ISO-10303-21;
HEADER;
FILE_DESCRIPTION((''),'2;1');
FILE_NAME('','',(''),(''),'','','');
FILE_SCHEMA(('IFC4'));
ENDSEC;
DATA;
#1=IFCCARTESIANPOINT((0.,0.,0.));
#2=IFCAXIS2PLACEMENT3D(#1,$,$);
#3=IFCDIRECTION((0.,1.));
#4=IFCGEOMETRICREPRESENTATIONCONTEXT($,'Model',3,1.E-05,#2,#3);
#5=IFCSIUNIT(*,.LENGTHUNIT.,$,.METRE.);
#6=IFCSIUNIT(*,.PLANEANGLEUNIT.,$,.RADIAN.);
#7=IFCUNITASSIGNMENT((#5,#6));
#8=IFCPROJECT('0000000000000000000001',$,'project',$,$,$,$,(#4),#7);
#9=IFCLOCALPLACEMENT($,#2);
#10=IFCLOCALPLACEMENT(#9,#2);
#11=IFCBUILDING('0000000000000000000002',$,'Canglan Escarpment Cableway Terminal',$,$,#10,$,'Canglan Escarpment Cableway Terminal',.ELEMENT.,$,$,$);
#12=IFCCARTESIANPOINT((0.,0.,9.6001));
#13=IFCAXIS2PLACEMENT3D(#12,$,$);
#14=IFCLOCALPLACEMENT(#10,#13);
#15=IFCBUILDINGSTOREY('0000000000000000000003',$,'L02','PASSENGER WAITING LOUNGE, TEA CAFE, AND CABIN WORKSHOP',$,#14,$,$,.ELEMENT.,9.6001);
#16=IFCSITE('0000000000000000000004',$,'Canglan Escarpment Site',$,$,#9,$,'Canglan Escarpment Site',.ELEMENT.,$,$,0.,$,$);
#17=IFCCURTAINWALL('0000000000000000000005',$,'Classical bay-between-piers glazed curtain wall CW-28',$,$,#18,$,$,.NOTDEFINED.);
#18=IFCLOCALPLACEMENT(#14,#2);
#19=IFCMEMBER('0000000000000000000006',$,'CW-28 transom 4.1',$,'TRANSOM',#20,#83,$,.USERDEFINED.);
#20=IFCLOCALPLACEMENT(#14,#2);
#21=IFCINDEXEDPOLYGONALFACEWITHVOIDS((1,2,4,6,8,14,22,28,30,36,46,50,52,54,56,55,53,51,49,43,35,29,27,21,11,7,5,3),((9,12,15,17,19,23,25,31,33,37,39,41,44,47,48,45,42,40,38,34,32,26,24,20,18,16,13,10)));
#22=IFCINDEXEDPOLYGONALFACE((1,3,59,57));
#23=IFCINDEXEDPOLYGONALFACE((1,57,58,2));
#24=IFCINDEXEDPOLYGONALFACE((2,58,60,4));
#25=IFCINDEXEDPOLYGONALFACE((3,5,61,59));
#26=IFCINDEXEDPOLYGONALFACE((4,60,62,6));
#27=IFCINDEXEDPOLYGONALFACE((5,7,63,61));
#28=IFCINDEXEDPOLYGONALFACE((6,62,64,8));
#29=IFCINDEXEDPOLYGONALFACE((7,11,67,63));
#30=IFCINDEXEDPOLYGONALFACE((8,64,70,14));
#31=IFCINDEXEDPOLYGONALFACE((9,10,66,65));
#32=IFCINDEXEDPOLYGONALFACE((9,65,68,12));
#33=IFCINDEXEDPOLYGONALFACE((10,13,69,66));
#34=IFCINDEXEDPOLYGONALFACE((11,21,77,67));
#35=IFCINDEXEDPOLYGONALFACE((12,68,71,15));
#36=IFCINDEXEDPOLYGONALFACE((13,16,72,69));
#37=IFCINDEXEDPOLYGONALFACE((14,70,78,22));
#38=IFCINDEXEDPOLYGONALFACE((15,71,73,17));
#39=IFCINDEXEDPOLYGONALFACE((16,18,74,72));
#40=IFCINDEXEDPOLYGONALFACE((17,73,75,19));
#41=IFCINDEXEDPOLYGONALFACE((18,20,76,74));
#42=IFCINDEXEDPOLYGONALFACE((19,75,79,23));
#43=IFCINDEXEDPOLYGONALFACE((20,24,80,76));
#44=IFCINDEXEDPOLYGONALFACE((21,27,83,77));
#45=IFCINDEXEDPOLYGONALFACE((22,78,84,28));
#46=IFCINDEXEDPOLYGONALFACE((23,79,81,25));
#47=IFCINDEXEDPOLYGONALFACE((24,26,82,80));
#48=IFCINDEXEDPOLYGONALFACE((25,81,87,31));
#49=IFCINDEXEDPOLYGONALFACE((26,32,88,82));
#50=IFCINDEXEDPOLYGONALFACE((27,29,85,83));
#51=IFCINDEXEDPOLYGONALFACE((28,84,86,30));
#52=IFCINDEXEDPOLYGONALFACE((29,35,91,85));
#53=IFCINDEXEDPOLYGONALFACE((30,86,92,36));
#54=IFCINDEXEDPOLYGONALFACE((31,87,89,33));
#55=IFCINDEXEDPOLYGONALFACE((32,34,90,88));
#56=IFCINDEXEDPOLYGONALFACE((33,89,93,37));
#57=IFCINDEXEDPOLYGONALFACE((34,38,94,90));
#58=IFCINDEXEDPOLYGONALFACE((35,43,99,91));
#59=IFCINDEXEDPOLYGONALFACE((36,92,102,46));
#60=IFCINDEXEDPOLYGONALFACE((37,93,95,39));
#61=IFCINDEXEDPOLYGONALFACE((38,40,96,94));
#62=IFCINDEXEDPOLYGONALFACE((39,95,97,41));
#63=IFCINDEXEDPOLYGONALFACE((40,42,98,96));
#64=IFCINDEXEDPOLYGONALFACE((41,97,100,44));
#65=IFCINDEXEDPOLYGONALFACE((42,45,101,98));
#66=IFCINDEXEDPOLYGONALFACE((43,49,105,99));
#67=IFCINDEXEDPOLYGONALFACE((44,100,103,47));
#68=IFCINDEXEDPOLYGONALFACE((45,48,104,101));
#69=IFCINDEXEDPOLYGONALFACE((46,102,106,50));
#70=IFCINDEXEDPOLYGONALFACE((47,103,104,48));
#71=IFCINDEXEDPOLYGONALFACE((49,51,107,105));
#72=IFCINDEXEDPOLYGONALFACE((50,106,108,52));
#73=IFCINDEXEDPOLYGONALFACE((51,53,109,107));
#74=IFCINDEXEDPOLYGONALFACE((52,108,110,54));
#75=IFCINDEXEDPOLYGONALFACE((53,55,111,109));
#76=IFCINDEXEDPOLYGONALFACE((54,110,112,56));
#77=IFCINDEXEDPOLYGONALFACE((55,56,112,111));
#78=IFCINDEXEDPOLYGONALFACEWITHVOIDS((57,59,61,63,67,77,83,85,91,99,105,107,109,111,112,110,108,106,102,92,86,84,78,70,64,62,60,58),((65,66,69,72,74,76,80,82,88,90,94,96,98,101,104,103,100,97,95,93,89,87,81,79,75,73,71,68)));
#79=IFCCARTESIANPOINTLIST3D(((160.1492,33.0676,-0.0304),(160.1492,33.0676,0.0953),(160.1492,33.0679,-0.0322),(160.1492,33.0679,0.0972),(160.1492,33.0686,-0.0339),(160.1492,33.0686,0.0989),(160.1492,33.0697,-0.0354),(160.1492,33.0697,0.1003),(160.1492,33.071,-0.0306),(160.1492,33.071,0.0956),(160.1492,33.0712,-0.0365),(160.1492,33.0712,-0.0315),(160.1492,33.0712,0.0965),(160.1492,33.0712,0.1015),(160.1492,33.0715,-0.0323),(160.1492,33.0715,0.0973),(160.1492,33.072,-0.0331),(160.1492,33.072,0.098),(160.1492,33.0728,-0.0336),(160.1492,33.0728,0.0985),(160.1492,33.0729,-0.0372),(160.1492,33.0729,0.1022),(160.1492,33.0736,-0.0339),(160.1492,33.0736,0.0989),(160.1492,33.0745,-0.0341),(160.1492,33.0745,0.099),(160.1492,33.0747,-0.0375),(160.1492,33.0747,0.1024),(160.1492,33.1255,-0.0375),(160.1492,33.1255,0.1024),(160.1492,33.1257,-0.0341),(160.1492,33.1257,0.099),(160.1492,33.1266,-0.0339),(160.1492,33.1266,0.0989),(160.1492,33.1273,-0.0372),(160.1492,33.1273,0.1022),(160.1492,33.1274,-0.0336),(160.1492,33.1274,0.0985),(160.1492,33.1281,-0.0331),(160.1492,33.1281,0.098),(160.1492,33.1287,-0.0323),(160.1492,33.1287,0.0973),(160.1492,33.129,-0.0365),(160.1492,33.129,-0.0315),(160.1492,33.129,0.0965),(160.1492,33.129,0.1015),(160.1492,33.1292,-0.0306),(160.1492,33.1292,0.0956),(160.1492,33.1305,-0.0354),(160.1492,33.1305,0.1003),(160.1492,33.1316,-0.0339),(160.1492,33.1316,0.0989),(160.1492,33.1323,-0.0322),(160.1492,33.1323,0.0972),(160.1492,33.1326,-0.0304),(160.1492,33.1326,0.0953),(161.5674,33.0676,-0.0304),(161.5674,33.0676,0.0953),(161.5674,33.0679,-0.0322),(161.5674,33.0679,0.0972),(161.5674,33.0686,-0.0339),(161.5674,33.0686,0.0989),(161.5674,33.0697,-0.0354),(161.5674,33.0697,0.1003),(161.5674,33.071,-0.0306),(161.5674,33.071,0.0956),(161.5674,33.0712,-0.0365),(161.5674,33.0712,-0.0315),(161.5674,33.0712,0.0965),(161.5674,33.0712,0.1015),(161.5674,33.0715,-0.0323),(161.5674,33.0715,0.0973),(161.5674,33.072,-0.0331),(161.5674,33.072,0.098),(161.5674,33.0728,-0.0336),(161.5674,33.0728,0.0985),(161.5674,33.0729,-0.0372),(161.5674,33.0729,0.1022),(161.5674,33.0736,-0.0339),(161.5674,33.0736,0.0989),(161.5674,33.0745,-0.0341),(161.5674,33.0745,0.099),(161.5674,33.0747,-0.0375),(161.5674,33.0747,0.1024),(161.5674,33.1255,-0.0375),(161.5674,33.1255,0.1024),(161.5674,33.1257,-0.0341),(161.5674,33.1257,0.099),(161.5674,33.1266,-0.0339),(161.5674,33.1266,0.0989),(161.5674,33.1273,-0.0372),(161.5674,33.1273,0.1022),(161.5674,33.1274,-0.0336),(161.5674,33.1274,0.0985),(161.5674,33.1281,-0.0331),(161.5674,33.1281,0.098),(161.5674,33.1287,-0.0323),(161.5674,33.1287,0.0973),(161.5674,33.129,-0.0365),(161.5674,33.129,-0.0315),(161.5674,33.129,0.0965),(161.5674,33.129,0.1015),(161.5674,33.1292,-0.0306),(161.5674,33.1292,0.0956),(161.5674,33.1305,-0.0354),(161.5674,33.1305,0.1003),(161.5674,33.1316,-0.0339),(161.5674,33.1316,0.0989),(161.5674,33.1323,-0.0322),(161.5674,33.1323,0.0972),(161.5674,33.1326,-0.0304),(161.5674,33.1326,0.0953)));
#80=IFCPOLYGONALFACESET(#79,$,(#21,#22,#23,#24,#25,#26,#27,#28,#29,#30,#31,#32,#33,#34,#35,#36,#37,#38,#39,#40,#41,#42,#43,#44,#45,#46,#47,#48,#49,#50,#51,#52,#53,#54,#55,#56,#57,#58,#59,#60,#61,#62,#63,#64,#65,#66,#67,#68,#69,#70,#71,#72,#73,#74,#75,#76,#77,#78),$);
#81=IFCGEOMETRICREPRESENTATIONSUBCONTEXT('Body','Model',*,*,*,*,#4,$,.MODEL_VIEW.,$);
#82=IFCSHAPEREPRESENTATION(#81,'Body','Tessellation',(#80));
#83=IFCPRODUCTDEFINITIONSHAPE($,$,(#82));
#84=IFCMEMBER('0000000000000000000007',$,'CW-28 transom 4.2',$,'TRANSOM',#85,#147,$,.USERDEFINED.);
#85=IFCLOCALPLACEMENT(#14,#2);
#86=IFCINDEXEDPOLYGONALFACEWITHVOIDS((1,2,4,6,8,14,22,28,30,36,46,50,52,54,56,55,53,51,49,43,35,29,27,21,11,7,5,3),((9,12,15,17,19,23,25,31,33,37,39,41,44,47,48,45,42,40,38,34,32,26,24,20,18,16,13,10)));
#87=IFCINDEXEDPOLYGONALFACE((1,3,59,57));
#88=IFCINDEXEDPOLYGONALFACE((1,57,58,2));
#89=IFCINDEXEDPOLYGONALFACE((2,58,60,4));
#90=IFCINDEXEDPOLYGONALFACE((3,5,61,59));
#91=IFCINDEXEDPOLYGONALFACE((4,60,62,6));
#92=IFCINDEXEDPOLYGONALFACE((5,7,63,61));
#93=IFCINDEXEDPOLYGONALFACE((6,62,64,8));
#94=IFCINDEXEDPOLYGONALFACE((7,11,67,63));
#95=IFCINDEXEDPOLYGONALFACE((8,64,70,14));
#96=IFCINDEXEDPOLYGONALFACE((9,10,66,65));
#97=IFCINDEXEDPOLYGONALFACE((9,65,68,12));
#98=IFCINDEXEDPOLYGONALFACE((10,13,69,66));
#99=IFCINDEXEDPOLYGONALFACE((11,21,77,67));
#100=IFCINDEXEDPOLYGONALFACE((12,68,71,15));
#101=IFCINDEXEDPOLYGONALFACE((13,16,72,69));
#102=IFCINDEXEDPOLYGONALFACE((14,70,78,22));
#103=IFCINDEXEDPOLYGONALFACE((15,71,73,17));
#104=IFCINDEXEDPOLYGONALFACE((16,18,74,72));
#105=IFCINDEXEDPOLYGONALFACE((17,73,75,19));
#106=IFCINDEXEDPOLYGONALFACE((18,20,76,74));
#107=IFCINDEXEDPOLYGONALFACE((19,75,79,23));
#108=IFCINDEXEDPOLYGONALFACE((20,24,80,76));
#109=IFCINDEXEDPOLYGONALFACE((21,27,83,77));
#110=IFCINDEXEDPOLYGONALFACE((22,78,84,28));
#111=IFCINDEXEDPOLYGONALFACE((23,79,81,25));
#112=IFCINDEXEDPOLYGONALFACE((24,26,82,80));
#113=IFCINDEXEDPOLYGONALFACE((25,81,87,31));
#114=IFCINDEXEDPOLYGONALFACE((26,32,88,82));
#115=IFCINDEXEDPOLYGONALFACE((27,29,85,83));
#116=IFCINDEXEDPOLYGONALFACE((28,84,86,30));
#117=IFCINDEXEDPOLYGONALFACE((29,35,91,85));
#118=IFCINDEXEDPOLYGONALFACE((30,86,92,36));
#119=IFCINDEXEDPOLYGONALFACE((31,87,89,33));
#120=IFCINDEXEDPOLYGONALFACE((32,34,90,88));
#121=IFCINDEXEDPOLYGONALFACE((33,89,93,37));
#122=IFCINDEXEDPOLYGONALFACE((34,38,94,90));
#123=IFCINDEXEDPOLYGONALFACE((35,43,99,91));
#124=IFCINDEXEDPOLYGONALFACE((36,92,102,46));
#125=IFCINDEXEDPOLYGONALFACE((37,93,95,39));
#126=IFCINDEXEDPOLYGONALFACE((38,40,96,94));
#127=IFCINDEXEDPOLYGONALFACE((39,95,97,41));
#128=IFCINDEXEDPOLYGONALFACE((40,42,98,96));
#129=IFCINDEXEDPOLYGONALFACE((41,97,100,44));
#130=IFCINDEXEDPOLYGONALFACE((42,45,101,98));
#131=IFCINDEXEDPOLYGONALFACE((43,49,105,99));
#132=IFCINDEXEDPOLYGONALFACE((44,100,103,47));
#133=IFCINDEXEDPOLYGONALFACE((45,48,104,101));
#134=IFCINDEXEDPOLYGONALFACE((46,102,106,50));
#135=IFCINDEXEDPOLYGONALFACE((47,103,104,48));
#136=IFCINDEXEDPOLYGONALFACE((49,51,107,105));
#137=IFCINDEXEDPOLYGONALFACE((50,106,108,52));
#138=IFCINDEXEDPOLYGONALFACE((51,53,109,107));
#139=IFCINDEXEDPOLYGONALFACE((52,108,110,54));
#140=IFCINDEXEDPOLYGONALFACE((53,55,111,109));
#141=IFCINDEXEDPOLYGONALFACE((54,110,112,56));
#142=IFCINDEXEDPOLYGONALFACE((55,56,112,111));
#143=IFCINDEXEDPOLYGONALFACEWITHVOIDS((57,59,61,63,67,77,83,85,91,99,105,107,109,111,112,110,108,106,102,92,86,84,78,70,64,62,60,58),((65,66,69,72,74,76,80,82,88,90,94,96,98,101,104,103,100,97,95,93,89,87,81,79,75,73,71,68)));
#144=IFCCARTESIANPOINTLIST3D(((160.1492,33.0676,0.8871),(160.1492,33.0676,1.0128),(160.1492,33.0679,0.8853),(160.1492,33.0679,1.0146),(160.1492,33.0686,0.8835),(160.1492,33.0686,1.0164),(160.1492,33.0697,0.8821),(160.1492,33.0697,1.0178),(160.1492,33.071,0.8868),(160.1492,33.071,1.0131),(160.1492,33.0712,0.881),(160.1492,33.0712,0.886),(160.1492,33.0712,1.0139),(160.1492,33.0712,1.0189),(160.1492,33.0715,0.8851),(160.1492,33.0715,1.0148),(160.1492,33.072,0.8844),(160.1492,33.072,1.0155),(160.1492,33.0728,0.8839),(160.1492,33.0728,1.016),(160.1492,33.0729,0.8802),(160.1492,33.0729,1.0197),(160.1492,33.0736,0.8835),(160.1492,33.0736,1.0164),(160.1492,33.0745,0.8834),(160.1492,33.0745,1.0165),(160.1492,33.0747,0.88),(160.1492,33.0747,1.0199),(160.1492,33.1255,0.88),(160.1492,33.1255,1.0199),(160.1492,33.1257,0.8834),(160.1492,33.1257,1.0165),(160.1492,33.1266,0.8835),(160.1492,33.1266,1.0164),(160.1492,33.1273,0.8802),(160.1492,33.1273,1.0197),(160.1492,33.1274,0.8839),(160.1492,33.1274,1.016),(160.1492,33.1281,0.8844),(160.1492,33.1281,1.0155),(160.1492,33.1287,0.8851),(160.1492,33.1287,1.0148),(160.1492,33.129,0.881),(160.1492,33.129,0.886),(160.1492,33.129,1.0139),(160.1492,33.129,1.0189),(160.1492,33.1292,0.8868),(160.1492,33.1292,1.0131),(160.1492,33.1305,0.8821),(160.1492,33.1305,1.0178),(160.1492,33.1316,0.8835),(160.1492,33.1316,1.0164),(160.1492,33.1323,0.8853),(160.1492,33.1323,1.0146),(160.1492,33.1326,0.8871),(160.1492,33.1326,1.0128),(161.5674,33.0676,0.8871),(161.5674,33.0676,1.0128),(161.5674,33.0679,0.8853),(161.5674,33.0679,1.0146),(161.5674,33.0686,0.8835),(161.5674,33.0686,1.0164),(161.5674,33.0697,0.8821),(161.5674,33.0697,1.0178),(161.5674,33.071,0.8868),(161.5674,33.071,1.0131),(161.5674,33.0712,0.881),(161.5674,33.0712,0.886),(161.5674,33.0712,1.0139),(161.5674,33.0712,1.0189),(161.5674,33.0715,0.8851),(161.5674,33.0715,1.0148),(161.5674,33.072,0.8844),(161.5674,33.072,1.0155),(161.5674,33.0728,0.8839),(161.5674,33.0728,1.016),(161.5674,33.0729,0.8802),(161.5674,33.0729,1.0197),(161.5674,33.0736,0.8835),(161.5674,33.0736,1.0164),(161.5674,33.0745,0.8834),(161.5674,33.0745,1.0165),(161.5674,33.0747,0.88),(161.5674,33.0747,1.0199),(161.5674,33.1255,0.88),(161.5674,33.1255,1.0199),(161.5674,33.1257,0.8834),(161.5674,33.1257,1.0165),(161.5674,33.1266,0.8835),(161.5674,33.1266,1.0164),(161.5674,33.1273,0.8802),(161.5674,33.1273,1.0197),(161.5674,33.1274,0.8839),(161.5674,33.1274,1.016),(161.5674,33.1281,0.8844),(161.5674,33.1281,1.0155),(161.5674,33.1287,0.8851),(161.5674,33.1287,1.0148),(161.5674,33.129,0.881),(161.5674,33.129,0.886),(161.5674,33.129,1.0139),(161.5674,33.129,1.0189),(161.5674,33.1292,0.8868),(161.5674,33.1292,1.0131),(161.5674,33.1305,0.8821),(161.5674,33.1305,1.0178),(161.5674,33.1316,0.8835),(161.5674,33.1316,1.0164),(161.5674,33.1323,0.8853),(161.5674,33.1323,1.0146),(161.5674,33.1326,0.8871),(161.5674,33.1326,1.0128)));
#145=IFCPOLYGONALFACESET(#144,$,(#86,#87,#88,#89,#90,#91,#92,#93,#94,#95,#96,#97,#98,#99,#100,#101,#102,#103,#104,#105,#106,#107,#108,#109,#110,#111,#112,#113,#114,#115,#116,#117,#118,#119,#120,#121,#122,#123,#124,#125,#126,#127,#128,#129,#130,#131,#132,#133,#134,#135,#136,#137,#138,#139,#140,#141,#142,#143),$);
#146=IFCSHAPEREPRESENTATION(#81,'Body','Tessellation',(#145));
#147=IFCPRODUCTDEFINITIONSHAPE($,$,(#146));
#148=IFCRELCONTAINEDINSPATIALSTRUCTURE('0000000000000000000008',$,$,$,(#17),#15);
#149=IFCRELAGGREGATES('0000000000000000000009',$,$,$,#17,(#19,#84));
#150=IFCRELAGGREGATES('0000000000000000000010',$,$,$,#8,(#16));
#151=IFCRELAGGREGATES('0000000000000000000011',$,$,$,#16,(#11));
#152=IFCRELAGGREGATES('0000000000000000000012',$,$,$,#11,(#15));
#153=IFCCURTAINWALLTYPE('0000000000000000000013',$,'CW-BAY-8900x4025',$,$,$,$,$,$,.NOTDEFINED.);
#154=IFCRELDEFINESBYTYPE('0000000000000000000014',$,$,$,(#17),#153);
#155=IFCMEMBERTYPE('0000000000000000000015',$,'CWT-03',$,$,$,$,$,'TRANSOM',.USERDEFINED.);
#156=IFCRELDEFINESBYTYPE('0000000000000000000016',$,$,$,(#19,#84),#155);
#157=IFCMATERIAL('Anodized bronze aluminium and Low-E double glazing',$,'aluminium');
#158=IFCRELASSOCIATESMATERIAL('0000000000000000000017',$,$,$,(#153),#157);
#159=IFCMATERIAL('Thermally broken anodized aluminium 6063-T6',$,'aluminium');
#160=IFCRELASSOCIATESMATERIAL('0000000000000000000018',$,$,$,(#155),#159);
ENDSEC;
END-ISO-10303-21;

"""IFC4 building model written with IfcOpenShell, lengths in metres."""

from ifc_helpers import new_model, si_unit, direction, frame, origin, origin_2d, place, context, subcontext, project, spatial, hollow_rectangle, extrude, material, material_profile, profile_set, type_object, element, aggregate, save


model = new_model("IFC4")

# Units and contexts
model_context = context("Model", 3, precision=1e-05, world=origin(), true_north=direction((0.0, 1.0)))
body_context = subcontext(model_context, "Body", "Model", "MODEL_VIEW")
ifc_project = project(units=[si_unit("LENGTHUNIT", "METRE"), si_unit("PLANEANGLEUNIT", "RADIAN")], contexts=[model_context])

# Site, building, storey
site_placement = place(None, origin())
site = spatial("IfcSite", under=ifc_project, at=site_placement, Name="Canglan Escarpment Site", LongName="Canglan Escarpment Site", CompositionType="ELEMENT", RefElevation=0.0)
building_placement = place(site_placement, origin())
building = spatial("IfcBuilding", under=site, at=building_placement, Name="Canglan Escarpment Cableway Terminal", LongName="Canglan Escarpment Cableway Terminal", CompositionType="ELEMENT")
storey_placement = place(building_placement, frame((0.0, 0.0, 9.6001)))
storey = spatial("IfcBuildingStorey", under=building, at=storey_placement, Name="L02", Description="PASSENGER WAITING LOUNGE, TEA CAFE, AND CABIN WORKSHOP", CompositionType="ELEMENT", Elevation=9.6001)

# Curtain wall, members
ifc_material_1 = material(Name="Anodized bronze aluminium and Low-E double glazing", Category="aluminium")
curtain_wall_type = type_object("IfcCurtainWallType", Name="CW-BAY-8900x4025", PredefinedType="NOTDEFINED", material=ifc_material_1)
curtain_wall_placement = place(storey_placement, origin())
curtain_wall = element("IfcCurtainWall", 1, at=curtain_wall_placement, inside=storey, type_object=curtain_wall_type, Name="Classical bay-between-piers glazed curtain wall CW-28", PredefinedType="NOTDEFINED")
ifc_material_2 = material(Name="Thermally broken anodized aluminium 6063-T6", Category="aluminium")
ifc_material_profile_1 = material_profile(ifc_material_2, hollow_rectangle(XDim=0.0649, YDim=0.1399, WallThickness=0.0034, InnerFilletRadius=0.0034, OuterFilletRadius=0.0071, at=origin_2d()), Name="ALU-TRAN 65x140x3.5")
ifc_profile_set_1 = profile_set([ifc_material_profile_1], Name="Thermally broken anodized aluminium 6063-T6")
member_type_1 = type_object("IfcMemberType", Name="CWT-03", ElementType="TRANSOM", PredefinedType="USERDEFINED", material=ifc_profile_set_1)
member_1_placement = place(storey_placement, frame((161.5674, 33.1001, 0.0325), z_axis=(-1.0, 0.0, 0.0), x_axis=(0.0, -1.0, 0.0)))
member_1 = element("IfcMember", 2, at=member_1_placement, type_object=member_type_1, Name="CW-28 transom 4.1", ObjectType="TRANSOM", PredefinedType="USERDEFINED", context=body_context, shape_type="SweptSolid", body=[
    extrude(hollow_rectangle(XDim=0.0649, YDim=0.1399, WallThickness=0.0034, InnerFilletRadius=0.0034, OuterFilletRadius=0.0071, at=origin_2d()), origin(), (0.0, 0.0, 1.0), 1.4182),
])
member_2_placement = place(storey_placement, frame((161.5674, 33.1001, 0.95), z_axis=(-1.0, 0.0, 0.0), x_axis=(0.0, -1.0, 0.0)))
member_2 = element("IfcMember", 3, at=member_2_placement, type_object=member_type_1, Name="CW-28 transom 4.2", ObjectType="TRANSOM", PredefinedType="USERDEFINED", context=body_context, shape_type="SweptSolid", body=[
    extrude(hollow_rectangle(XDim=0.0649, YDim=0.1399, WallThickness=0.0034, InnerFilletRadius=0.0034, OuterFilletRadius=0.0071, at=origin_2d()), origin(), (0.0, 0.0, 1.0), 1.4182),
])
aggregate(curtain_wall, [member_1, member_2])

save(model, "model.ifc")
